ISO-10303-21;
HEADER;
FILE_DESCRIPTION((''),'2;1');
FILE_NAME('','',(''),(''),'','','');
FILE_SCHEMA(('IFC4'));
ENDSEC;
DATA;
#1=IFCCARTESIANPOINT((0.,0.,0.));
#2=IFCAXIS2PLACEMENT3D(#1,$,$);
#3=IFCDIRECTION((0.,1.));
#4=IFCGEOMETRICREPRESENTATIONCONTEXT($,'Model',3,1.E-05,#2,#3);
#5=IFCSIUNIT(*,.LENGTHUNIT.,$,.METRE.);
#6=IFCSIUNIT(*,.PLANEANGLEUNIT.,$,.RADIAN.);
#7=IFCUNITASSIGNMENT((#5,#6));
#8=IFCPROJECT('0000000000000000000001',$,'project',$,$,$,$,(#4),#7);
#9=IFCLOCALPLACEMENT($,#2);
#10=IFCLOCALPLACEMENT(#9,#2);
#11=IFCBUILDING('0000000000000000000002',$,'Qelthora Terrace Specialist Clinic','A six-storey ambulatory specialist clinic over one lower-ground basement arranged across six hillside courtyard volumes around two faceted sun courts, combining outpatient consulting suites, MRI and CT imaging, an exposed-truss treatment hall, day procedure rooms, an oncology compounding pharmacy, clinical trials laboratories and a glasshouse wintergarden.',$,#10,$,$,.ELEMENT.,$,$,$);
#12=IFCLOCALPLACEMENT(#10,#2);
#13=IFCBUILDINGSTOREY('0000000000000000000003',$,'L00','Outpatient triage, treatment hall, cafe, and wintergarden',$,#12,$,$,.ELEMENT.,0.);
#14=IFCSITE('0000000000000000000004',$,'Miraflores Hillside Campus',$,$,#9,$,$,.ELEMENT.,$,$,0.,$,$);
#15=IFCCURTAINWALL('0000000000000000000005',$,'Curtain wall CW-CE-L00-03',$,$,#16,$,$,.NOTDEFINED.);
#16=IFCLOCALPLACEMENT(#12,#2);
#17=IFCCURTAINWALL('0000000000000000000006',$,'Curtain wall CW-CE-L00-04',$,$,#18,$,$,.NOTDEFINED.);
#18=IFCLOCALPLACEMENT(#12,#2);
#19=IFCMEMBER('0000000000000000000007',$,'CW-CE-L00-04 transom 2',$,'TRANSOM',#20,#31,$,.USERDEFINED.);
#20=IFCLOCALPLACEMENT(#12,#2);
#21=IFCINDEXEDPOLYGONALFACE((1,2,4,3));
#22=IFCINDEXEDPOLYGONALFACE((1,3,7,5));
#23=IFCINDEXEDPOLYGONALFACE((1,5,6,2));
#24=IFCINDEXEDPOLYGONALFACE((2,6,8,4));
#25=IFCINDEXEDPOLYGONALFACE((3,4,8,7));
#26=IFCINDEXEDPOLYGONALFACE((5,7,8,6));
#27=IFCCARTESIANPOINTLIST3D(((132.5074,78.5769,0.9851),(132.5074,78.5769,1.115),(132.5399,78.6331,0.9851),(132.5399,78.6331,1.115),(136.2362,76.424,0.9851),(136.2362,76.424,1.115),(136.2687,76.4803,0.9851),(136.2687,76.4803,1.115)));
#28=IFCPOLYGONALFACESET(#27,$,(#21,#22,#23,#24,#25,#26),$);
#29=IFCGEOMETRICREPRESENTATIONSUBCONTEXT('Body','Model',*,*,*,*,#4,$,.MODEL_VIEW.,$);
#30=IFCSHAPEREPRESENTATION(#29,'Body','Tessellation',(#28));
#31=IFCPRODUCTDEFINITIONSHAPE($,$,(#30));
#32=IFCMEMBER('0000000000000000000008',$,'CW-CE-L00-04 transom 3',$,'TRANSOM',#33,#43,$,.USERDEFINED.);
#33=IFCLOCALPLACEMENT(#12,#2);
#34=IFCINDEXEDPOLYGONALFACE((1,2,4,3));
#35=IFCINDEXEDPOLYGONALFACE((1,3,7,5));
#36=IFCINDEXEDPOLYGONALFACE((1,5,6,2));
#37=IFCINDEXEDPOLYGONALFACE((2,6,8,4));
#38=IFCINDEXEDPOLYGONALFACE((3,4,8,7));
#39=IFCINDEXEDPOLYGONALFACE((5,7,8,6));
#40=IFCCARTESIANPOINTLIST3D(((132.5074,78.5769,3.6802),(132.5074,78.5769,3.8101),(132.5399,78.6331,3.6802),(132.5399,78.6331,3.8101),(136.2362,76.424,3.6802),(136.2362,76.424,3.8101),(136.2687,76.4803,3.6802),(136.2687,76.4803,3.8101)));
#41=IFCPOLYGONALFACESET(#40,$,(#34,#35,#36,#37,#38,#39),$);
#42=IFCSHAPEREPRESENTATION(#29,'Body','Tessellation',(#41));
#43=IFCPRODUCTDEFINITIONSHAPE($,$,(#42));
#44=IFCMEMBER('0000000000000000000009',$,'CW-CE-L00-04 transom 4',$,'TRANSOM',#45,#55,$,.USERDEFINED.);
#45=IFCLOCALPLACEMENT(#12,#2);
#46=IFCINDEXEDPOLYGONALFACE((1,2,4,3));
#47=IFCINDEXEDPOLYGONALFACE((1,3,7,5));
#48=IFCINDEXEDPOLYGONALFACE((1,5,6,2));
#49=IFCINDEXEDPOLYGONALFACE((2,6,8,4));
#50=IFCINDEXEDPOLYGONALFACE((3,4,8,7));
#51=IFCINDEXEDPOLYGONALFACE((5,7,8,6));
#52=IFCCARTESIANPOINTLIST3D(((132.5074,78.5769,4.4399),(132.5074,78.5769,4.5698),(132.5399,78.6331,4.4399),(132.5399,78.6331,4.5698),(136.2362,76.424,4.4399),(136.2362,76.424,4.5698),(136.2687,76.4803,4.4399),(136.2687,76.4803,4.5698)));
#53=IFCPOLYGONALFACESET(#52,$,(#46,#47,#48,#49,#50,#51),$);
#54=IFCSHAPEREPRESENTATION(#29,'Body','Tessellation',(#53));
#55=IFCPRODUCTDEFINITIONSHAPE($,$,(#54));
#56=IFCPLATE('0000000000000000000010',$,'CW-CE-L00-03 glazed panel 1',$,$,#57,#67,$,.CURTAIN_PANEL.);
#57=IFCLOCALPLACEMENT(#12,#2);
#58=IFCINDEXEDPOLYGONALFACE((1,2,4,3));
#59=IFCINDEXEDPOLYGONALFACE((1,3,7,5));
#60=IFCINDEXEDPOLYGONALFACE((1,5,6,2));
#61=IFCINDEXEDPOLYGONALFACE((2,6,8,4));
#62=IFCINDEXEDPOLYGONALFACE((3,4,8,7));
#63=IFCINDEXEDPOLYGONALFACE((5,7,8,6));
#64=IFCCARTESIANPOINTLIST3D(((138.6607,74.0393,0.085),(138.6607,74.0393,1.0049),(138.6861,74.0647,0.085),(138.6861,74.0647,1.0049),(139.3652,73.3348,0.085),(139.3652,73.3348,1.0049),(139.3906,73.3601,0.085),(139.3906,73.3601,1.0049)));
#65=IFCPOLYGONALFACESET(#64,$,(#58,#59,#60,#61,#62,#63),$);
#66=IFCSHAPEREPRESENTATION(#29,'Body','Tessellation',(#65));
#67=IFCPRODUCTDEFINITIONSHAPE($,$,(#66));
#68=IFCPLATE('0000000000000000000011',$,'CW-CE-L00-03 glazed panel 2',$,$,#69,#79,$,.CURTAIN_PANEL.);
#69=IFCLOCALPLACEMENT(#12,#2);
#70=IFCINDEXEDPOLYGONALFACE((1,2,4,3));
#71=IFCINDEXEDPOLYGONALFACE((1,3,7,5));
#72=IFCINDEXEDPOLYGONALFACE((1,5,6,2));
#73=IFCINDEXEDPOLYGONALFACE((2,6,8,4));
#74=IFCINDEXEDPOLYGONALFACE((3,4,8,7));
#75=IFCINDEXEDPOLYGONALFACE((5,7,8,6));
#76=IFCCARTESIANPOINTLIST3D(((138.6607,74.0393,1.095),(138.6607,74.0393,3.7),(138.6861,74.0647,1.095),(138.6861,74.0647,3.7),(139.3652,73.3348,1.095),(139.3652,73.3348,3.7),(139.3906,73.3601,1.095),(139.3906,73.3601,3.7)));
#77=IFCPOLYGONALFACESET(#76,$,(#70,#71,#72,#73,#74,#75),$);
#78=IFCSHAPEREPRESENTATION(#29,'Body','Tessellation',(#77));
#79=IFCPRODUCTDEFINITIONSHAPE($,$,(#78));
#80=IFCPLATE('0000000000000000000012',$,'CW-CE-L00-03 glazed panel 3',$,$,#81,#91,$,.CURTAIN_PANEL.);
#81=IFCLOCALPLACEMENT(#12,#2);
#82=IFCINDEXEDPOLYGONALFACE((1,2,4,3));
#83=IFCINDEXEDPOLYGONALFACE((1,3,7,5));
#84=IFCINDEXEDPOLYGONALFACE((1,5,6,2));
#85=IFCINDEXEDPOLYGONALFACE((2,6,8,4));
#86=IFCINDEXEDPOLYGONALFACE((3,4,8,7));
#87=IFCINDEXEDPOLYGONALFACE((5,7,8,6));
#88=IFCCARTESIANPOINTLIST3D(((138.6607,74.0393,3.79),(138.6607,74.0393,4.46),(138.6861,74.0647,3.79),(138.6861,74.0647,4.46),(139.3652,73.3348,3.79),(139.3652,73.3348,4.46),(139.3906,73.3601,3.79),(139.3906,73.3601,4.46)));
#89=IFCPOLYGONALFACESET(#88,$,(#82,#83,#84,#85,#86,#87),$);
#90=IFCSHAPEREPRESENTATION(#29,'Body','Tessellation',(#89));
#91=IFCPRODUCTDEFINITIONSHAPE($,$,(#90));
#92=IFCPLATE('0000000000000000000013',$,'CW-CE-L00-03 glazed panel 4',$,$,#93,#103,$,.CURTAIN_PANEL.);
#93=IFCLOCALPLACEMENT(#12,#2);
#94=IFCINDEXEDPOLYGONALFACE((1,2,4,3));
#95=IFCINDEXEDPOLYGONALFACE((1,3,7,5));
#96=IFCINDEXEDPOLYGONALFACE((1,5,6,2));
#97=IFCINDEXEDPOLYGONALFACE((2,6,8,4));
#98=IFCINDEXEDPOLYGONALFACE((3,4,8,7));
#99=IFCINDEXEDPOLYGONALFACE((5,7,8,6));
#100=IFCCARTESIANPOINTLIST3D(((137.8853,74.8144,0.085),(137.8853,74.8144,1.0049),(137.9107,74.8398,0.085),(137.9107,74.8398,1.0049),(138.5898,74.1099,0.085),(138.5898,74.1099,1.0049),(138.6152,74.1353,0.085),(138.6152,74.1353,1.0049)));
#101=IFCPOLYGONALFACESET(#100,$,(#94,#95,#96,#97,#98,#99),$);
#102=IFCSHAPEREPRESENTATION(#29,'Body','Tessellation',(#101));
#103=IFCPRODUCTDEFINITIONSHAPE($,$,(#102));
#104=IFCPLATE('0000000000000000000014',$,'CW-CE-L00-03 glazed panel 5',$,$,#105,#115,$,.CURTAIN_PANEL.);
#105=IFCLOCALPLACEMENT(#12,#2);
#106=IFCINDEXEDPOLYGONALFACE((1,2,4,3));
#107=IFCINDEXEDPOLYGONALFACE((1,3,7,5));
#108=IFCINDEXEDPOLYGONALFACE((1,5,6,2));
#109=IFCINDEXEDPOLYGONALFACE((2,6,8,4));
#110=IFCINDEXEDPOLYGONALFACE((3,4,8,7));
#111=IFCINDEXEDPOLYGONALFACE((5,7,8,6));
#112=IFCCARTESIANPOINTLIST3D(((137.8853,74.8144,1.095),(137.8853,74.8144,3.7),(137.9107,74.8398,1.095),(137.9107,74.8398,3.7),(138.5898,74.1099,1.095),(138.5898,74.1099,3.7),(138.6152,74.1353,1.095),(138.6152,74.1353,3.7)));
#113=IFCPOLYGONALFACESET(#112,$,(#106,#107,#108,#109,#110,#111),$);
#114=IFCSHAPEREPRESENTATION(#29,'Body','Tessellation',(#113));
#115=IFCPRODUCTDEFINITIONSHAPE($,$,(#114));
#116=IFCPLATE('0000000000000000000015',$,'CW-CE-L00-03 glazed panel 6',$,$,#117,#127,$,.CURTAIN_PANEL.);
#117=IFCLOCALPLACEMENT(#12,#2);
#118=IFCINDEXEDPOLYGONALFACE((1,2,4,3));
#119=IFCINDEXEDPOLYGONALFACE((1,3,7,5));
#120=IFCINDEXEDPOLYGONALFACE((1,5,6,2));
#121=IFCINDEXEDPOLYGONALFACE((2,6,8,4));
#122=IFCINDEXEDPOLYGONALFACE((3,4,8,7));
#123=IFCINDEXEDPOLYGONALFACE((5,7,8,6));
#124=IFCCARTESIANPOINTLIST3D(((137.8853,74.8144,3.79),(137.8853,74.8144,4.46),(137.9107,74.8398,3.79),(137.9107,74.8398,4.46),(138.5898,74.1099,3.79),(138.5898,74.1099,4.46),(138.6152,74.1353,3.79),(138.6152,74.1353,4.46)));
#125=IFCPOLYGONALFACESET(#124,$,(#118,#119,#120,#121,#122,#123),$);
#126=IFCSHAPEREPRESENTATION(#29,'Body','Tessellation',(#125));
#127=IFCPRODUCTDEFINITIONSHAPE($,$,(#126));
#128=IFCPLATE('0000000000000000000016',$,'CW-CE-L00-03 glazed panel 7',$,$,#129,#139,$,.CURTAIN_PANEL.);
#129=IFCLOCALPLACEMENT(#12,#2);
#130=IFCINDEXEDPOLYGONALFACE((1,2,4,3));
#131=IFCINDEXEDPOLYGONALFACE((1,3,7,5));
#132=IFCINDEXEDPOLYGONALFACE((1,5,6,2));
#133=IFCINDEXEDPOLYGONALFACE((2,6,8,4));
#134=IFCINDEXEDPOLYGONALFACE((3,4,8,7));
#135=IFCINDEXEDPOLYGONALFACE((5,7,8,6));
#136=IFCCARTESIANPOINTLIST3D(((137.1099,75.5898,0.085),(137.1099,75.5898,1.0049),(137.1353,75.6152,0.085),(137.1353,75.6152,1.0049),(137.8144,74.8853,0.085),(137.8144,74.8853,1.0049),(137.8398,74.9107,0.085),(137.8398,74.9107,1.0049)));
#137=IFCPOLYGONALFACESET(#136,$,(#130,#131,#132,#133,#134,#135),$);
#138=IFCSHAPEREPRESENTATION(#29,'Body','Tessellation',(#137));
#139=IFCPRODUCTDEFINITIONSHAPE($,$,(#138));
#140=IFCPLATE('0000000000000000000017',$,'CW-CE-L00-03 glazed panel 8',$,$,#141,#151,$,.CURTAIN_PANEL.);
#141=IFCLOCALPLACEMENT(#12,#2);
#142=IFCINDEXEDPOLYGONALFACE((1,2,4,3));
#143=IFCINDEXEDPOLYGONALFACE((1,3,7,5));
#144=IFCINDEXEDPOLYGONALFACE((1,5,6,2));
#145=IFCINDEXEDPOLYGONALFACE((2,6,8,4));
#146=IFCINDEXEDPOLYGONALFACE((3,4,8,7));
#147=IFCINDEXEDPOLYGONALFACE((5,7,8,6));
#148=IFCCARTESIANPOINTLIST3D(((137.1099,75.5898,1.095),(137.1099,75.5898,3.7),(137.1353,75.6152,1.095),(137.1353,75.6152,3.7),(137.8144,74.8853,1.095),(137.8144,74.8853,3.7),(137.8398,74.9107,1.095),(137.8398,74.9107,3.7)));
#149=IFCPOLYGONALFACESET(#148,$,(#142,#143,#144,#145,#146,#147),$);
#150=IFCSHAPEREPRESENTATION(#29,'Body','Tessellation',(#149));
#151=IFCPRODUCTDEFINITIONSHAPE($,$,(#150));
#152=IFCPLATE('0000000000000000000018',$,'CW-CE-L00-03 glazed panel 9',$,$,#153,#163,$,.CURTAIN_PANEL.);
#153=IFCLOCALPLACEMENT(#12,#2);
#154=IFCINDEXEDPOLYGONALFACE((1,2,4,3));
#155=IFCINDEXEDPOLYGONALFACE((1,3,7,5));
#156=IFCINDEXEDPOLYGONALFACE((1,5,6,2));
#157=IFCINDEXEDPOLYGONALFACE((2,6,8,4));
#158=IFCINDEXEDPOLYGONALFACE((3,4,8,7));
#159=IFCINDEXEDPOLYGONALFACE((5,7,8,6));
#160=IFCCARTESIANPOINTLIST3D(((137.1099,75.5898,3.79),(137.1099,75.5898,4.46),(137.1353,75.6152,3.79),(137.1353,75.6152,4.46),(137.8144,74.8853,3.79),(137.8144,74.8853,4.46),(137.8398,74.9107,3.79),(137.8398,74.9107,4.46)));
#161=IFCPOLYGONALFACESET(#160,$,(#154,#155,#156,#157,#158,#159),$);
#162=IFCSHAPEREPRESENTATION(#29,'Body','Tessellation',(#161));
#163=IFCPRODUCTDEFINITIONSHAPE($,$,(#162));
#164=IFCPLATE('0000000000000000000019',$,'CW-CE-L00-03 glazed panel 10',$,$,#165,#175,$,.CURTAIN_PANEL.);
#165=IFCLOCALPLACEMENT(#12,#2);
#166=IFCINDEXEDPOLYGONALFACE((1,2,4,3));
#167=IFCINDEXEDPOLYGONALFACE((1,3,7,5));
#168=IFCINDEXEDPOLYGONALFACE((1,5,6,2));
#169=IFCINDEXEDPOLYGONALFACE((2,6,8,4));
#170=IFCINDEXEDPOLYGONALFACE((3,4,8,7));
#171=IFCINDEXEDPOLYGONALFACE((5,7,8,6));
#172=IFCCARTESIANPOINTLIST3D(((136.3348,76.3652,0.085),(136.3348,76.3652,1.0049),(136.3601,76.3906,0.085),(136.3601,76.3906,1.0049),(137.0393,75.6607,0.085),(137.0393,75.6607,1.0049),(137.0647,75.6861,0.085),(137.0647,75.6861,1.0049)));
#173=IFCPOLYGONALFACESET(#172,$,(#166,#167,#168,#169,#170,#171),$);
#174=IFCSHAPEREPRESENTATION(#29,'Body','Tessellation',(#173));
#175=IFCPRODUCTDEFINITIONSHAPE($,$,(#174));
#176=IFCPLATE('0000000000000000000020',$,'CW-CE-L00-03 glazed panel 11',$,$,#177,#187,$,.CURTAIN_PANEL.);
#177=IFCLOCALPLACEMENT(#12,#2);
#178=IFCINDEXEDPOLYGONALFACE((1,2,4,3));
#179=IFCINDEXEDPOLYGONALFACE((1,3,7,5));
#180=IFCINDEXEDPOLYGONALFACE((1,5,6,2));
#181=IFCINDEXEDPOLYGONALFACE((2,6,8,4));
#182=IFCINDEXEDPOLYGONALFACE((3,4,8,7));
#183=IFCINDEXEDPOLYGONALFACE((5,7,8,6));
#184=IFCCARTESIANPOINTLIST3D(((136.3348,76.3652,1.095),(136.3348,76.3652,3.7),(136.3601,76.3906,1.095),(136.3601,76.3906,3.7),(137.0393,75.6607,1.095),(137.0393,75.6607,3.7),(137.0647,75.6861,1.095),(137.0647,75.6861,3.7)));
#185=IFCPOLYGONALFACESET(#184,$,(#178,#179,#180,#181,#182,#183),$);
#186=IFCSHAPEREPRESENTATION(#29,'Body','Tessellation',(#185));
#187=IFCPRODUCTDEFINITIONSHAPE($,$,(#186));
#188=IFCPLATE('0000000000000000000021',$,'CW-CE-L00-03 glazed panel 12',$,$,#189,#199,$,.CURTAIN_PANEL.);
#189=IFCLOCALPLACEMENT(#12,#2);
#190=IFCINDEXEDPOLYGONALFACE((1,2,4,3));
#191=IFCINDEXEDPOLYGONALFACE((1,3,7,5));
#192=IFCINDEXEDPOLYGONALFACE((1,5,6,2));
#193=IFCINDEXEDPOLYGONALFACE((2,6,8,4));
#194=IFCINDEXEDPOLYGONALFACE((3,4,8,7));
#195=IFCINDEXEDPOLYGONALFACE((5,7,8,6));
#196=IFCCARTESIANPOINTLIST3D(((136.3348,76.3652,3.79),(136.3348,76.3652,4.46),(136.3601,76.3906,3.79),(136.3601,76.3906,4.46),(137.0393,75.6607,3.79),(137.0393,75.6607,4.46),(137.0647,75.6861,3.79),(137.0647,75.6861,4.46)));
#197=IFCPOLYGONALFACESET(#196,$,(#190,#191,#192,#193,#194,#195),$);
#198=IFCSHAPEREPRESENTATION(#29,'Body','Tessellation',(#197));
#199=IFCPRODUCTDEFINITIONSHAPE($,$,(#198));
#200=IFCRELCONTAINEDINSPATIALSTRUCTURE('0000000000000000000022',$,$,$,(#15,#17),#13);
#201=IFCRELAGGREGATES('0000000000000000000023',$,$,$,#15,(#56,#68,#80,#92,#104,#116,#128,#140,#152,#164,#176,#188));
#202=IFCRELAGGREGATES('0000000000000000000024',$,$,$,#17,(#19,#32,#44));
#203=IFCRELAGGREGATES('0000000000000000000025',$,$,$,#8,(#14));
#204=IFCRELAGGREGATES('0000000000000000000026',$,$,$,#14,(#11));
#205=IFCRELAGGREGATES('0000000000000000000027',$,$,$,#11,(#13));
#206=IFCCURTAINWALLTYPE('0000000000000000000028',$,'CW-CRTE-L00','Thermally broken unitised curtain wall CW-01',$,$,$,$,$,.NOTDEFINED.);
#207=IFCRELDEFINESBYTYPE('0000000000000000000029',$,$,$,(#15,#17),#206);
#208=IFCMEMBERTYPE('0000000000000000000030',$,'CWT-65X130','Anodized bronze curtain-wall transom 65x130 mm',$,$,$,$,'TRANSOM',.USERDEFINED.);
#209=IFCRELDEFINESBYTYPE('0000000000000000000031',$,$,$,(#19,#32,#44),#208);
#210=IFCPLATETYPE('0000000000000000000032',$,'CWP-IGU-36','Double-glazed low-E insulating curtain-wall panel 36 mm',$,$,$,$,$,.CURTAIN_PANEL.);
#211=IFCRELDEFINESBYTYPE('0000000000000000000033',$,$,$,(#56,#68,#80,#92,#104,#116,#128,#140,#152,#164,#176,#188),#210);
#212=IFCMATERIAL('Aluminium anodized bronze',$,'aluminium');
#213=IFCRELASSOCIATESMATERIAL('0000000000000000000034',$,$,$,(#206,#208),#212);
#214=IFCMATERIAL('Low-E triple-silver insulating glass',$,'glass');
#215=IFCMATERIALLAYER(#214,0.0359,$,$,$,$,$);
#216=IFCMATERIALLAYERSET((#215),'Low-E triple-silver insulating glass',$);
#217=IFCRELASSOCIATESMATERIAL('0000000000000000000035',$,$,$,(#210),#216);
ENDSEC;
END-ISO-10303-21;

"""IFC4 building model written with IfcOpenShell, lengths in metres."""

from ifc_helpers import new_model, si_unit, direction, frame, origin, origin_2d, place, context, subcontext, project, spatial, rectangle, extrude, material, layer, layer_set, material_profile, profile_set, type_object, element, aggregate, save


model = new_model("IFC4")

# Units and contexts
model_context = context("Model", 3, precision=1e-05, world=origin(), true_north=direction((0.0, 1.0)))
body_context = subcontext(model_context, "Body", "Model", "MODEL_VIEW")
ifc_project = project(units=[si_unit("LENGTHUNIT", "METRE"), si_unit("PLANEANGLEUNIT", "RADIAN")], contexts=[model_context])

# Site, building, storey
site_placement = place(None, origin())
site = spatial("IfcSite", under=ifc_project, at=site_placement, Name="Miraflores Hillside Campus", CompositionType="ELEMENT", RefElevation=0.0)
building_placement = place(site_placement, origin())
building = spatial("IfcBuilding", under=site, at=building_placement, Name="Qelthora Terrace Specialist Clinic", Description="A six-storey ambulatory specialist clinic over one lower-ground basement arranged across six hillside courtyard volumes around two faceted sun courts, combining outpatient consulting suites, MRI and CT imaging, an exposed-truss treatment hall, day procedure rooms, an oncology compounding pharmacy, clinical trials laboratories and a glasshouse wintergarden.", CompositionType="ELEMENT")
storey_placement = place(building_placement, origin())
storey = spatial("IfcBuildingStorey", under=building, at=storey_placement, Name="L00", Description="Outpatient triage, treatment hall, cafe, and wintergarden", CompositionType="ELEMENT", Elevation=0.0)

# Curtain walls, members
ifc_material_1 = material(Name="Aluminium anodized bronze", Category="aluminium")
curtain_wall_type = type_object("IfcCurtainWallType", Name="CW-CRTE-L00", Description="Thermally broken unitised curtain wall CW-01", PredefinedType="NOTDEFINED", material=ifc_material_1)
curtain_wall_1_placement = place(storey_placement, origin())
curtain_wall_1 = element("IfcCurtainWall", 1, at=curtain_wall_1_placement, inside=storey, type_object=curtain_wall_type, Name="Curtain wall CW-CE-L00-03", PredefinedType="NOTDEFINED")
curtain_wall_2_placement = place(storey_placement, origin())
curtain_wall_2 = element("IfcCurtainWall", 2, at=curtain_wall_2_placement, inside=storey, type_object=curtain_wall_type, Name="Curtain wall CW-CE-L00-04", PredefinedType="NOTDEFINED")
ifc_material_profile_1 = material_profile(ifc_material_1, rectangle(XDim=0.0649, YDim=0.1299, at=origin_2d()), Name="CWT65X130")
ifc_profile_set_1 = profile_set([ifc_material_profile_1], Name="Aluminium anodized bronze")
member_type_1 = type_object("IfcMemberType", Name="CWT-65X130", Description="Anodized bronze curtain-wall transom 65x130 mm", ElementType="TRANSOM", PredefinedType="USERDEFINED", material=ifc_profile_set_1)
member_1_placement = place(storey_placement, frame((136.2524, 76.4521, 1.05), z_axis=(-0.866022, 0.500006, 0.0), x_axis=(-0.500006, -0.866022, 0.0)))
member_1 = element("IfcMember", 3, at=member_1_placement, type_object=member_type_1, Name="CW-CE-L00-04 transom 2", ObjectType="TRANSOM", PredefinedType="USERDEFINED", context=body_context, shape_type="SweptSolid", body=[
    extrude(rectangle(XDim=0.0649, YDim=0.1299, at=origin_2d()), origin(), (0.0, 0.0, 1.0), 4.3057),
])
member_2_placement = place(storey_placement, frame((136.2524, 76.4521, 3.7451), z_axis=(-0.866022, 0.500006, 0.0), x_axis=(-0.500006, -0.866022, 0.0)))
member_2 = element("IfcMember", 4, at=member_2_placement, type_object=member_type_1, Name="CW-CE-L00-04 transom 3", ObjectType="TRANSOM", PredefinedType="USERDEFINED", context=body_context, shape_type="SweptSolid", body=[
    extrude(rectangle(XDim=0.0649, YDim=0.1299, at=origin_2d()), origin(), (0.0, 0.0, 1.0), 4.3057),
])
member_3_placement = place(storey_placement, frame((136.2524, 76.4521, 4.5049), z_axis=(-0.866022, 0.500006, 0.0), x_axis=(-0.500006, -0.866022, 0.0)))
member_3 = element("IfcMember", 5, at=member_3_placement, type_object=member_type_1, Name="CW-CE-L00-04 transom 4", ObjectType="TRANSOM", PredefinedType="USERDEFINED", context=body_context, shape_type="SweptSolid", body=[
    extrude(rectangle(XDim=0.0649, YDim=0.1299, at=origin_2d()), origin(), (0.0, 0.0, 1.0), 4.3057),
])

# Plates
ifc_material_2 = material(Name="Low-E triple-silver insulating glass", Category="glass")
ifc_layer_1 = layer(ifc_material_2, 0.0359)
ifc_layer_set_1 = layer_set([ifc_layer_1], Name="Low-E triple-silver insulating glass")
plate_type = type_object("IfcPlateType", Name="CWP-IGU-36", Description="Double-glazed low-E insulating curtain-wall panel 36 mm", PredefinedType="CURTAIN_PANEL", material=ifc_layer_set_1)
plate_1_placement = place(storey_placement, frame((139.0256, 73.6997, 0.085), z_axis=(0.0, 0.0, 1.0), x_axis=(-0.707107, 0.707107, 0.0)))
plate_1 = element("IfcPlate", 6, at=plate_1_placement, type_object=plate_type, Name="CW-CE-L00-03 glazed panel 1", PredefinedType="CURTAIN_PANEL", context=body_context, shape_type="SweptSolid", body=[
    extrude(rectangle(XDim=0.9963, YDim=0.0359, at=origin_2d()), origin(), (0.0, 0.0, 1.0), 0.9199),
])
plate_2_placement = place(storey_placement, frame((139.0256, 73.6997, 1.095), z_axis=(0.0, 0.0, 1.0), x_axis=(-0.707107, 0.707107, 0.0)))
plate_2 = element("IfcPlate", 7, at=plate_2_placement, type_object=plate_type, Name="CW-CE-L00-03 glazed panel 2", PredefinedType="CURTAIN_PANEL", context=body_context, shape_type="SweptSolid", body=[
    extrude(rectangle(XDim=0.9963, YDim=0.0359, at=origin_2d()), origin(), (0.0, 0.0, 1.0), 2.605),
])
plate_3_placement = place(storey_placement, frame((139.0256, 73.6997, 3.79), z_axis=(0.0, 0.0, 1.0), x_axis=(-0.707107, 0.707107, 0.0)))
plate_3 = element("IfcPlate", 8, at=plate_3_placement, type_object=plate_type, Name="CW-CE-L00-03 glazed panel 3", PredefinedType="CURTAIN_PANEL", context=body_context, shape_type="SweptSolid", body=[
    extrude(rectangle(XDim=0.9963, YDim=0.0359, at=origin_2d()), origin(), (0.0, 0.0, 1.0), 0.6699),
])
plate_4_placement = place(storey_placement, frame((138.2502, 74.4749, 0.085), z_axis=(0.0, 0.0, 1.0), x_axis=(-0.707107, 0.707107, 0.0)))
plate_4 = element("IfcPlate", 9, at=plate_4_placement, type_object=plate_type, Name="CW-CE-L00-03 glazed panel 4", PredefinedType="CURTAIN_PANEL", context=body_context, shape_type="SweptSolid", body=[
    extrude(rectangle(XDim=0.9963, YDim=0.0359, at=origin_2d()), origin(), (0.0, 0.0, 1.0), 0.9199),
])
plate_5_placement = place(storey_placement, frame((138.2502, 74.4749, 1.095), z_axis=(0.0, 0.0, 1.0), x_axis=(-0.707107, 0.707107, 0.0)))
plate_5 = element("IfcPlate", 10, at=plate_5_placement, type_object=plate_type, Name="CW-CE-L00-03 glazed panel 5", PredefinedType="CURTAIN_PANEL", context=body_context, shape_type="SweptSolid", body=[
    extrude(rectangle(XDim=0.9963, YDim=0.0359, at=origin_2d()), origin(), (0.0, 0.0, 1.0), 2.605),
])
plate_6_placement = place(storey_placement, frame((138.2502, 74.4749, 3.79), z_axis=(0.0, 0.0, 1.0), x_axis=(-0.707107, 0.707107, 0.0)))
plate_6 = element("IfcPlate", 11, at=plate_6_placement, type_object=plate_type, Name="CW-CE-L00-03 glazed panel 6", PredefinedType="CURTAIN_PANEL", context=body_context, shape_type="SweptSolid", body=[
    extrude(rectangle(XDim=0.9963, YDim=0.0359, at=origin_2d()), origin(), (0.0, 0.0, 1.0), 0.6699),
])
plate_7_placement = place(storey_placement, frame((137.4749, 75.2502, 0.085), z_axis=(0.0, 0.0, 1.0), x_axis=(-0.707107, 0.707107, 0.0)))
plate_7 = element("IfcPlate", 12, at=plate_7_placement, type_object=plate_type, Name="CW-CE-L00-03 glazed panel 7", PredefinedType="CURTAIN_PANEL", context=body_context, shape_type="SweptSolid", body=[
    extrude(rectangle(XDim=0.9963, YDim=0.0359, at=origin_2d()), origin(), (0.0, 0.0, 1.0), 0.9199),
])
plate_8_placement = place(storey_placement, frame((137.4749, 75.2502, 1.095), z_axis=(0.0, 0.0, 1.0), x_axis=(-0.707107, 0.707107, 0.0)))
plate_8 = element("IfcPlate", 13, at=plate_8_placement, type_object=plate_type, Name="CW-CE-L00-03 glazed panel 8", PredefinedType="CURTAIN_PANEL", context=body_context, shape_type="SweptSolid", body=[
    extrude(rectangle(XDim=0.9963, YDim=0.0359, at=origin_2d()), origin(), (0.0, 0.0, 1.0), 2.605),
])
plate_9_placement = place(storey_placement, frame((137.4749, 75.2502, 3.79), z_axis=(0.0, 0.0, 1.0), x_axis=(-0.707107, 0.707107, 0.0)))
plate_9 = element("IfcPlate", 14, at=plate_9_placement, type_object=plate_type, Name="CW-CE-L00-03 glazed panel 9", PredefinedType="CURTAIN_PANEL", context=body_context, shape_type="SweptSolid", body=[
    extrude(rectangle(XDim=0.9963, YDim=0.0359, at=origin_2d()), origin(), (0.0, 0.0, 1.0), 0.6699),
])
plate_10_placement = place(storey_placement, frame((136.6997, 76.0256, 0.085), z_axis=(0.0, 0.0, 1.0), x_axis=(-0.707107, 0.707107, 0.0)))
plate_10 = element("IfcPlate", 15, at=plate_10_placement, type_object=plate_type, Name="CW-CE-L00-03 glazed panel 10", PredefinedType="CURTAIN_PANEL", context=body_context, shape_type="SweptSolid", body=[
    extrude(rectangle(XDim=0.9963, YDim=0.0359, at=origin_2d()), origin(), (0.0, 0.0, 1.0), 0.9199),
])
plate_11_placement = place(storey_placement, frame((136.6997, 76.0256, 1.095), z_axis=(0.0, 0.0, 1.0), x_axis=(-0.707107, 0.707107, 0.0)))
plate_11 = element("IfcPlate", 16, at=plate_11_placement, type_object=plate_type, Name="CW-CE-L00-03 glazed panel 11", PredefinedType="CURTAIN_PANEL", context=body_context, shape_type="SweptSolid", body=[
    extrude(rectangle(XDim=0.9963, YDim=0.0359, at=origin_2d()), origin(), (0.0, 0.0, 1.0), 2.605),
])
plate_12_placement = place(storey_placement, frame((136.6997, 76.0256, 3.79), z_axis=(0.0, 0.0, 1.0), x_axis=(-0.707107, 0.707107, 0.0)))
plate_12 = element("IfcPlate", 17, at=plate_12_placement, type_object=plate_type, Name="CW-CE-L00-03 glazed panel 12", PredefinedType="CURTAIN_PANEL", context=body_context, shape_type="SweptSolid", body=[
    extrude(rectangle(XDim=0.9963, YDim=0.0359, at=origin_2d()), origin(), (0.0, 0.0, 1.0), 0.6699),
])
aggregate(curtain_wall_1, [plate_1, plate_2, plate_3, plate_4, plate_5, plate_6, plate_7, plate_8, plate_9, plate_10, plate_11, plate_12])
aggregate(curtain_wall_2, [member_1, member_2, member_3])

save(model, "model.ifc")
